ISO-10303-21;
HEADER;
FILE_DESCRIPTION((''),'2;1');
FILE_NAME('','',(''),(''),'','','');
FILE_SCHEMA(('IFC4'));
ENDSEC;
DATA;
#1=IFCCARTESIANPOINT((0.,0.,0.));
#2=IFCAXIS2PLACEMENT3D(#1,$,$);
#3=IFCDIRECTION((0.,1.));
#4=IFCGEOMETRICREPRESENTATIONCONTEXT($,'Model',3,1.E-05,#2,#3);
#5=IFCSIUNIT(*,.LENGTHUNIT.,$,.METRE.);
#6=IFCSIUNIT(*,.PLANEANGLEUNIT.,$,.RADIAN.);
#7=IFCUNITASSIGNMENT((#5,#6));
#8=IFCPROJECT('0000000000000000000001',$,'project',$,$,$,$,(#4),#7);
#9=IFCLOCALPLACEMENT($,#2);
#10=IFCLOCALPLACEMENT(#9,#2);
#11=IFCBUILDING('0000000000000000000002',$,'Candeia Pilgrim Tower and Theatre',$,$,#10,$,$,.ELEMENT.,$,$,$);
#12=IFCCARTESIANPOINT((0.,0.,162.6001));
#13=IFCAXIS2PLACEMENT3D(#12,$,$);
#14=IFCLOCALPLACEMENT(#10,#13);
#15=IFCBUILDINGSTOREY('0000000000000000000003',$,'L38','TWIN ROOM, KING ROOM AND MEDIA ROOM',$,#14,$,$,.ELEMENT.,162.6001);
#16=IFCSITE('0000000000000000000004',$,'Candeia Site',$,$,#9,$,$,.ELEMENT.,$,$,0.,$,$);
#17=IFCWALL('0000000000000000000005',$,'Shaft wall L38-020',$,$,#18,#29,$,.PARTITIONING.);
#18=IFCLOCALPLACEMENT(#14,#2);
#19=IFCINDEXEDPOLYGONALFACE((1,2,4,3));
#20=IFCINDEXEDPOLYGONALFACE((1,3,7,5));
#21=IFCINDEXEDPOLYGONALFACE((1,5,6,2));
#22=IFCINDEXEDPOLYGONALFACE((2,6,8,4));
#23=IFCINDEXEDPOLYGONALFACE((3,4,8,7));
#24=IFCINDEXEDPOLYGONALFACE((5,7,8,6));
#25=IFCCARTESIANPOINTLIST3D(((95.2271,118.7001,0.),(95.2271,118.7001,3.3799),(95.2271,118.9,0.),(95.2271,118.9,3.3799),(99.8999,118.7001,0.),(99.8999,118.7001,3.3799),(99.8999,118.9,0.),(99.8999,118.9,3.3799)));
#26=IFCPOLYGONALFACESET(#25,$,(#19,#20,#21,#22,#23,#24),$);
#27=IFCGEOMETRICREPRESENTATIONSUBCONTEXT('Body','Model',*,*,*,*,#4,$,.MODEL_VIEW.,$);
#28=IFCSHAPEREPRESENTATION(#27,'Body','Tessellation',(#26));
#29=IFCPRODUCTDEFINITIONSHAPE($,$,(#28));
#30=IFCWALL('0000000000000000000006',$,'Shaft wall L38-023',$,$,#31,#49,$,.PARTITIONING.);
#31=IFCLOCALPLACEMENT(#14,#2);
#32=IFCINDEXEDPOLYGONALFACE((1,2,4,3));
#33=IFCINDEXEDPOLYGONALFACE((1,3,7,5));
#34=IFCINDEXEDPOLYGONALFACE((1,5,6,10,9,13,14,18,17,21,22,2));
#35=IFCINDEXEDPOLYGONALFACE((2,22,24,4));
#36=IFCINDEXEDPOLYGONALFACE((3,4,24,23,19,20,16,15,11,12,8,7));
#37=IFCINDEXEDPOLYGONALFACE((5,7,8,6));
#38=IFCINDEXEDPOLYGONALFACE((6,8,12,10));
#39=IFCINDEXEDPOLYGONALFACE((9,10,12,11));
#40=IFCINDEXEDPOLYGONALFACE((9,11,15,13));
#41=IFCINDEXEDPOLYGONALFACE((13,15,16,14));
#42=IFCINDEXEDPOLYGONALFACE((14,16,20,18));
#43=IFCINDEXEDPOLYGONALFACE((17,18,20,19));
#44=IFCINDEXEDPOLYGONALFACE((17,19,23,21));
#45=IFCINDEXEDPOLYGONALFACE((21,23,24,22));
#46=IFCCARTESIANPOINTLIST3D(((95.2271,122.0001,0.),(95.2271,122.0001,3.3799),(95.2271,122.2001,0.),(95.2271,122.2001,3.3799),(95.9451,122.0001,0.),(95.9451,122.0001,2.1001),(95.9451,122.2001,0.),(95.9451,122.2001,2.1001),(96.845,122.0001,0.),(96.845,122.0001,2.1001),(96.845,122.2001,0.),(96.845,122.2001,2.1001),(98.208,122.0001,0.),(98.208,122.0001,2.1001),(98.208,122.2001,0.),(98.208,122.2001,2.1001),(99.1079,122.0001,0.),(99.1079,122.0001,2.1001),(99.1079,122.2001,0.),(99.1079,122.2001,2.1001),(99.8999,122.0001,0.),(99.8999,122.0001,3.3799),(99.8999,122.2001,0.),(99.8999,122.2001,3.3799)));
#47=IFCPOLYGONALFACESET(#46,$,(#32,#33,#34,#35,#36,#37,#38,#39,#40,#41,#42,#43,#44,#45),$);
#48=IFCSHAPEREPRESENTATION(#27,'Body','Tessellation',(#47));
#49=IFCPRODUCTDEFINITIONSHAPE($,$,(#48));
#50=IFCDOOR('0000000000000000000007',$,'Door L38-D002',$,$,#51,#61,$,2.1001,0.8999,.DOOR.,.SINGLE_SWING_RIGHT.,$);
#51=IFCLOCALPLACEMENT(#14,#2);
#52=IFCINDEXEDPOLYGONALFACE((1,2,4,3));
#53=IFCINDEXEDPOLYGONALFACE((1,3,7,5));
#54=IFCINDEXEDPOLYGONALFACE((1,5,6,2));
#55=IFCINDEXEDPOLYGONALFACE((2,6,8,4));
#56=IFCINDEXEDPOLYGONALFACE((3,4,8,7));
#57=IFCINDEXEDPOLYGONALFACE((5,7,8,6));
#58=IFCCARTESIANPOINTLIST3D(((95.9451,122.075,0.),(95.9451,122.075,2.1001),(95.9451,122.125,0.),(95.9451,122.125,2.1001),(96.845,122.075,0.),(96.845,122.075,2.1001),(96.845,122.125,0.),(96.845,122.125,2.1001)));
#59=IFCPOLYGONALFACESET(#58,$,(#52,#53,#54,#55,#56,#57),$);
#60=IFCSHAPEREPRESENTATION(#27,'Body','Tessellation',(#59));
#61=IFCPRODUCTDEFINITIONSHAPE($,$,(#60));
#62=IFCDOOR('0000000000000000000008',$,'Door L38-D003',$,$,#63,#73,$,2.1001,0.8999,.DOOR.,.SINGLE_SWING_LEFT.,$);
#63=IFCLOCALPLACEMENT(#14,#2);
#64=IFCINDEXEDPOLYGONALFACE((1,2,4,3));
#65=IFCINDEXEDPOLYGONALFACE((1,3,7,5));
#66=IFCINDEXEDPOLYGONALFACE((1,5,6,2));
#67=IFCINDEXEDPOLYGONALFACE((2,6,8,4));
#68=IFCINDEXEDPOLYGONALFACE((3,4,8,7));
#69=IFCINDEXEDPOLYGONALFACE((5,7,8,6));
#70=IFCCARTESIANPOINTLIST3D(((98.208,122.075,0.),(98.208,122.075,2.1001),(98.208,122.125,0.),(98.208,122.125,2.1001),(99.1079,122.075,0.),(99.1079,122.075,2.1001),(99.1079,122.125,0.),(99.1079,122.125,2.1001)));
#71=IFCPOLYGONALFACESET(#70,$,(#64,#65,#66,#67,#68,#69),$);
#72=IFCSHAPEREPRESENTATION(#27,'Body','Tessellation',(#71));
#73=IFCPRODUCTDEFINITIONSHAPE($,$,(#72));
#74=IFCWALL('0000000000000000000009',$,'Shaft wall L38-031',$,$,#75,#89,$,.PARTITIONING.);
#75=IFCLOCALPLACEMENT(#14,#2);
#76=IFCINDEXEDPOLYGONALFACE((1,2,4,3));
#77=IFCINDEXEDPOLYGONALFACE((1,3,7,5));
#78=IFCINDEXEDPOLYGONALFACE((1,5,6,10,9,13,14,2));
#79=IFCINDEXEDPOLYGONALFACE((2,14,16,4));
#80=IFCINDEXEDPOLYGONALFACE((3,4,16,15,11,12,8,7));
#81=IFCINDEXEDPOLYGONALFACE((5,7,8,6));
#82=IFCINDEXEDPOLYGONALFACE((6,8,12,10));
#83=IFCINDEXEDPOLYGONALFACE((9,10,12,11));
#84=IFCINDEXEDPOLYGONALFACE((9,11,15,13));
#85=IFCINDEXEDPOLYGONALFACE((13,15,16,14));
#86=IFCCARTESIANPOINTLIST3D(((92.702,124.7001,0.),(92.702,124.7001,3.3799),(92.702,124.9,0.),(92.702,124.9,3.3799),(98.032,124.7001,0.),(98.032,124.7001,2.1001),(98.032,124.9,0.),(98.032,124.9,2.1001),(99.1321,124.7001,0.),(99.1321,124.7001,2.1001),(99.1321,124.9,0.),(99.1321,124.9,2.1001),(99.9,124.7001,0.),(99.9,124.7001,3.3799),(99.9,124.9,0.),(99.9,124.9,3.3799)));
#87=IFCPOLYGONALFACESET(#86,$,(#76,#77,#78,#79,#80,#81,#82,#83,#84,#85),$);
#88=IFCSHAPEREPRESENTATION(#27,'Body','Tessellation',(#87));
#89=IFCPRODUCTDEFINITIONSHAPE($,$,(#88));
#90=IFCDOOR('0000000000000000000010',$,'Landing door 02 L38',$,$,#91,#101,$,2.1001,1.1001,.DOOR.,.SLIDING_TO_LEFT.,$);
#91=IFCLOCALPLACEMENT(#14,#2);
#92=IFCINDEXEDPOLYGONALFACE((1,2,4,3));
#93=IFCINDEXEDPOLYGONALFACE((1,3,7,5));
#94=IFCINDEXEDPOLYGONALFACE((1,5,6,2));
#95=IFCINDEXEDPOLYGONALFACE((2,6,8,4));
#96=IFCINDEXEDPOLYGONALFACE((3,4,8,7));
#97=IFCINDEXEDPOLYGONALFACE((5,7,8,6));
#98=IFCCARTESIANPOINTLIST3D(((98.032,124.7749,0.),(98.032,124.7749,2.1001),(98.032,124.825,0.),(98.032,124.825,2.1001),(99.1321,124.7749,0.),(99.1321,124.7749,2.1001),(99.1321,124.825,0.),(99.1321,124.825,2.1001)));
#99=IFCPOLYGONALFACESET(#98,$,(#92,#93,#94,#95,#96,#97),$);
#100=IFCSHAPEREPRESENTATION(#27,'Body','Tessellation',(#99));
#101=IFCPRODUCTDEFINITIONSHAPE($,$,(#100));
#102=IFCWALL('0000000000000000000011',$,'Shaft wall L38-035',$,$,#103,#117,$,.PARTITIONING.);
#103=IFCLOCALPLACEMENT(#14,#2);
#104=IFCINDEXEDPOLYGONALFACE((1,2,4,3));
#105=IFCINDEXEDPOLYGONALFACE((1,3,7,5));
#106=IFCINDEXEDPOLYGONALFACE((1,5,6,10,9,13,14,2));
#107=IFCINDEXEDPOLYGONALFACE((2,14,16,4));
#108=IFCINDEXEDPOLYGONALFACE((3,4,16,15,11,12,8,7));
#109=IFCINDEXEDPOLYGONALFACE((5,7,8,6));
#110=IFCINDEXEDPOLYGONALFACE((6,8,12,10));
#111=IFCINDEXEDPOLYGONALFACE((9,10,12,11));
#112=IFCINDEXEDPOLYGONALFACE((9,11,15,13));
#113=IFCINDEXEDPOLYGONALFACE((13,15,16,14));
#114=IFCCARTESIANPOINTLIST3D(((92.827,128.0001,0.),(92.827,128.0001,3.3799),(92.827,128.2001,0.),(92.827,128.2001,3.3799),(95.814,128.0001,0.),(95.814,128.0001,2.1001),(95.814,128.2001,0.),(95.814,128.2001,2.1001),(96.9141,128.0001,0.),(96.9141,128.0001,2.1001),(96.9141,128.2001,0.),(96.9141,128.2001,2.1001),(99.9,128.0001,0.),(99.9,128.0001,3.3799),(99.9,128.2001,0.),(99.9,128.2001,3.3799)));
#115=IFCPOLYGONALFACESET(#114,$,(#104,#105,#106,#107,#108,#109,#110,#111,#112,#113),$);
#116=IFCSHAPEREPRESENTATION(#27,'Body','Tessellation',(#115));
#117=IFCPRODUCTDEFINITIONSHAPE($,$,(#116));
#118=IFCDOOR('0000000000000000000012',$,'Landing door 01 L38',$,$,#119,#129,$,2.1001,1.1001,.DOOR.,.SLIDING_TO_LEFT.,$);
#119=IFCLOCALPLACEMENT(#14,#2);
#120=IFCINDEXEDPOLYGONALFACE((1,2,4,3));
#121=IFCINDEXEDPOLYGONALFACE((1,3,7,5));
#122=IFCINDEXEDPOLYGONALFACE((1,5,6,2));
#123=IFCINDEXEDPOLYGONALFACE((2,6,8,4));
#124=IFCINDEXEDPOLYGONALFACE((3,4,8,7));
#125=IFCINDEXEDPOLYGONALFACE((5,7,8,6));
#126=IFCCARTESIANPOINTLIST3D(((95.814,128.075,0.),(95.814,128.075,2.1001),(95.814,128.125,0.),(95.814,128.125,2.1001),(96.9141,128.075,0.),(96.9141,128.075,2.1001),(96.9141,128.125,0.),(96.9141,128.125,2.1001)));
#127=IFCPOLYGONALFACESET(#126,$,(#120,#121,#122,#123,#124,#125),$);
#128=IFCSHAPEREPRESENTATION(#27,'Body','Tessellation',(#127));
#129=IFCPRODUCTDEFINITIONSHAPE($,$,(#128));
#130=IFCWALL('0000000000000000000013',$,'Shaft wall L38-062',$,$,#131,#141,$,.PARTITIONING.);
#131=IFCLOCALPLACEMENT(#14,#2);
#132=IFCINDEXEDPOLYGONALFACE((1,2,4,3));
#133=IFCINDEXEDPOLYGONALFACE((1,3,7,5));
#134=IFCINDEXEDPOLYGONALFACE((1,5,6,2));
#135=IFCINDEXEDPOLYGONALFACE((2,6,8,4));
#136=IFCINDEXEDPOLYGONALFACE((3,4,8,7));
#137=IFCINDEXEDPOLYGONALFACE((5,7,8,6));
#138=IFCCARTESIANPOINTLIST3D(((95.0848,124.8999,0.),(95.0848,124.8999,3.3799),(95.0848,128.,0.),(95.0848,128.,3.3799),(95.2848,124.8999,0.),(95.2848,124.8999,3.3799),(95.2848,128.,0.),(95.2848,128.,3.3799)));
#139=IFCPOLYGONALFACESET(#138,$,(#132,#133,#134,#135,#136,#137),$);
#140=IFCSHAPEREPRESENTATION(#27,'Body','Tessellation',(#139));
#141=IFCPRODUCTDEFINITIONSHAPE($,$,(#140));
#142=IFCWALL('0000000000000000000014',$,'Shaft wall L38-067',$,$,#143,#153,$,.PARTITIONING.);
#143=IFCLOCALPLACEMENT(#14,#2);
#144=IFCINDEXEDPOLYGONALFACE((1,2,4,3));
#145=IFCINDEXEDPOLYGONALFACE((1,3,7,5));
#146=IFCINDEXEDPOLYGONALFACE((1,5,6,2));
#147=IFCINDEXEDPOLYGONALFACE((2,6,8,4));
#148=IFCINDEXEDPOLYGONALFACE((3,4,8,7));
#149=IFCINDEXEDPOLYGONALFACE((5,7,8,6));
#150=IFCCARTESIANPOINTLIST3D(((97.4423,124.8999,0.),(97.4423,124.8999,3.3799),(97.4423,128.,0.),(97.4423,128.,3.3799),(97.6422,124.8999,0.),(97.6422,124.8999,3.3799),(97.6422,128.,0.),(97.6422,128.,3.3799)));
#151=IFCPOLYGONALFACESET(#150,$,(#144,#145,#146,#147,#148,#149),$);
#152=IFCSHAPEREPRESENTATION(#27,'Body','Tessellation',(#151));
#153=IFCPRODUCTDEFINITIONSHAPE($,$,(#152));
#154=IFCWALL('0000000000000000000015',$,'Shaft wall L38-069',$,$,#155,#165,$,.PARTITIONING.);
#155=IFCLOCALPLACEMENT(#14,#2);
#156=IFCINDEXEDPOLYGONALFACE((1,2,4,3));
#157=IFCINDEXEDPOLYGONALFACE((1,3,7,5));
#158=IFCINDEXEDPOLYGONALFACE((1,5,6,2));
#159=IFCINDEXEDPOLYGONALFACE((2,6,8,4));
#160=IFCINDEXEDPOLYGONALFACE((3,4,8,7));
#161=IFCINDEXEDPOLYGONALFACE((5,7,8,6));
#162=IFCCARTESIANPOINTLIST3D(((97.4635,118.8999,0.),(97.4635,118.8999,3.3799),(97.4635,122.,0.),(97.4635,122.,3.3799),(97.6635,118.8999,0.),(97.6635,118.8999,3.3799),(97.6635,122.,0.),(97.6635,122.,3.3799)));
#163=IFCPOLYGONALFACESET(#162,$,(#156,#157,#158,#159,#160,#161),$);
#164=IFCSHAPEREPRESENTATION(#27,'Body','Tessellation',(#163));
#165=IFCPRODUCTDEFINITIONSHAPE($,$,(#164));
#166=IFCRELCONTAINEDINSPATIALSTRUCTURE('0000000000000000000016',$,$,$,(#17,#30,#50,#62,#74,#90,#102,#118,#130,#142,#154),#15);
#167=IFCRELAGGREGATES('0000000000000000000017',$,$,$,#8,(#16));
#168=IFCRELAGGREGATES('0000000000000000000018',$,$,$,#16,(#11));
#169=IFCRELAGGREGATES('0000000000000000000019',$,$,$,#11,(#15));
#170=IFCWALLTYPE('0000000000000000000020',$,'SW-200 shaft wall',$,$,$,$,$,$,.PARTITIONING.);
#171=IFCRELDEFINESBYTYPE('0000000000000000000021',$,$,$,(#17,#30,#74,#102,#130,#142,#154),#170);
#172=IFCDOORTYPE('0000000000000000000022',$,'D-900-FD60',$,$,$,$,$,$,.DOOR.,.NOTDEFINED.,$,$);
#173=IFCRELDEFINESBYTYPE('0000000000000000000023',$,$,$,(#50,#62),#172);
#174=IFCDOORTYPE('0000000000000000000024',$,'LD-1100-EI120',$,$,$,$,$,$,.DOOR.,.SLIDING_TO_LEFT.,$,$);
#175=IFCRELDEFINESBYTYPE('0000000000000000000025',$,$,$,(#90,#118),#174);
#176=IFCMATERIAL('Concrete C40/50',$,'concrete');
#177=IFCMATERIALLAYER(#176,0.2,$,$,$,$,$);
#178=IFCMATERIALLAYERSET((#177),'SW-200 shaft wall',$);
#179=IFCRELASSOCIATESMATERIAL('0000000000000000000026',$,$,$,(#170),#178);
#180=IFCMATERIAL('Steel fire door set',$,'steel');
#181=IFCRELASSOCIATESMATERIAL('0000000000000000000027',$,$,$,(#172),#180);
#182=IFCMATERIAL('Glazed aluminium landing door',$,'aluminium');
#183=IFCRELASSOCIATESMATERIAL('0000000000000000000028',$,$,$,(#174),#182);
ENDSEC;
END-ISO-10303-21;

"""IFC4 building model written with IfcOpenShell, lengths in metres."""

from ifc_helpers import new_model, si_unit, direction, frame, frame_2d, origin, place, context, subcontext, project, spatial, rectangle, extrude, material, layer, layer_set, type_object, element, fill, save


model = new_model("IFC4")

# Units and contexts
model_context = context("Model", 3, precision=1e-05, world=origin(), true_north=direction((0.0, 1.0)))
body_context = subcontext(model_context, "Body", "Model", "MODEL_VIEW")
ifc_project = project(units=[si_unit("LENGTHUNIT", "METRE"), si_unit("PLANEANGLEUNIT", "RADIAN")], contexts=[model_context])

# Site, building, storey
site_placement = place(None, origin())
site = spatial("IfcSite", under=ifc_project, at=site_placement, Name="Candeia Site", CompositionType="ELEMENT", RefElevation=0.0)
building_placement = place(site_placement, origin())
building = spatial("IfcBuilding", under=site, at=building_placement, Name="Candeia Pilgrim Tower and Theatre", CompositionType="ELEMENT")
storey_placement = place(building_placement, frame((0.0, 0.0, 162.6001)))
storey = spatial("IfcBuildingStorey", under=building, at=storey_placement, Name="L38", Description="TWIN ROOM, KING ROOM AND MEDIA ROOM", CompositionType="ELEMENT", Elevation=162.6001)

# Shared definitions
ifc_material_1 = material(Name="Steel fire door set", Category="steel")

# Wall
ifc_material_2 = material(Name="Concrete C40/50", Category="concrete")
ifc_layer_1 = layer(ifc_material_2, 0.2)
ifc_layer_set_1 = layer_set([ifc_layer_1], Name="SW-200 shaft wall")
wall_type_1 = type_object("IfcWallType", Name="SW-200 shaft wall", PredefinedType="PARTITIONING", material=ifc_layer_set_1)
wall_1_placement = place(storey_placement, frame((95.2271, 118.8, 0.0), z_axis=(0.0, 0.0, 1.0), x_axis=(1.0, 0.0, 0.0)))
element("IfcWall", 1, at=wall_1_placement, inside=storey, type_object=wall_type_1, Name="Shaft wall L38-020", PredefinedType="PARTITIONING", context=body_context, shape_type="SweptSolid", body=[
    extrude(rectangle(XDim=4.6729, YDim=0.2, at=frame_2d((2.3364, 0.0))), origin(), (0.0, 0.0, 1.0), 3.3799),
])

# Wall, openings, doors
wall_2_placement = place(storey_placement, frame((95.2271, 122.1001, 0.0), z_axis=(0.0, 0.0, 1.0), x_axis=(1.0, 0.0, 0.0)))
wall_2 = element("IfcWall", 2, at=wall_2_placement, inside=storey, type_object=wall_type_1, Name="Shaft wall L38-023", PredefinedType="PARTITIONING", context=body_context, shape_type="SweptSolid", body=[
    extrude(rectangle(XDim=4.6729, YDim=0.2, at=frame_2d((2.3364, 0.0))), origin(), (0.0, 0.0, 1.0), 3.3799),
])
opening_1_placement = place(wall_2_placement, frame((0.718, 0.0, 0.0)))
opening_1 = element("IfcOpeningElement", 3, at=opening_1_placement, cuts=wall_2, PredefinedType="OPENING", context=body_context, shape_type="SweptSolid", body=[
    extrude(rectangle(XDim=0.8999, YDim=2.1001, at=frame_2d((0.45, 1.05))), frame((0.0, 0.1099, 0.0), z_axis=(0.0, -1.0, 0.0), x_axis=(1.0, 0.0, 0.0)), (0.0, 0.0, 1.0), 0.22),
])
opening_2_placement = place(wall_2_placement, frame((2.981, 0.0, 0.0)))
opening_2 = element("IfcOpeningElement", 4, at=opening_2_placement, cuts=wall_2, PredefinedType="OPENING", context=body_context, shape_type="SweptSolid", body=[
    extrude(rectangle(XDim=0.8999, YDim=2.1001, at=frame_2d((0.45, 1.05))), frame((0.0, 0.1099, 0.0), z_axis=(0.0, -1.0, 0.0), x_axis=(1.0, 0.0, 0.0)), (0.0, 0.0, 1.0), 0.22),
])
door_type_1 = type_object("IfcDoorType", Name="D-900-FD60", OperationType="NOTDEFINED", PredefinedType="DOOR", material=ifc_material_1)
door_1_placement = place(opening_1_placement, origin())
door_1 = element("IfcDoor", 5, at=door_1_placement, inside=storey, type_object=door_type_1, Name="Door L38-D002", OperationType="SINGLE_SWING_RIGHT", OverallHeight=2.1001, OverallWidth=0.8999, PredefinedType="DOOR", context=body_context, shape_type="SweptSolid", body=[
    extrude(rectangle(XDim=0.8999, YDim=2.1001, at=frame_2d((0.45, 1.05))), frame((0.0, 0.0249, 0.0), z_axis=(0.0, -1.0, 0.0), x_axis=(1.0, 0.0, 0.0)), (0.0, 0.0, 1.0), 0.05),
])
fill(opening_1, door_1)
door_2_placement = place(opening_2_placement, origin())
door_2 = element("IfcDoor", 6, at=door_2_placement, inside=storey, type_object=door_type_1, Name="Door L38-D003", OperationType="SINGLE_SWING_LEFT", OverallHeight=2.1001, OverallWidth=0.8999, PredefinedType="DOOR", context=body_context, shape_type="SweptSolid", body=[
    extrude(rectangle(XDim=0.8999, YDim=2.1001, at=frame_2d((0.45, 1.05))), frame((0.0, 0.0249, 0.0), z_axis=(0.0, -1.0, 0.0), x_axis=(1.0, 0.0, 0.0)), (0.0, 0.0, 1.0), 0.05),
])
fill(opening_2, door_2)

# Walls, openings, doors
wall_3_placement = place(storey_placement, frame((92.7019, 124.8, 0.0), z_axis=(0.0, 0.0, 1.0), x_axis=(1.0, 0.0, 0.0)))
wall_3 = element("IfcWall", 7, at=wall_3_placement, inside=storey, type_object=wall_type_1, Name="Shaft wall L38-031", PredefinedType="PARTITIONING", context=body_context, shape_type="SweptSolid", body=[
    extrude(rectangle(XDim=7.198, YDim=0.2, at=frame_2d((3.5991, 0.0))), origin(), (0.0, 0.0, 1.0), 3.3799),
])
opening_3_placement = place(wall_3_placement, frame((5.3301, 0.0, 0.0)))
opening_3 = element("IfcOpeningElement", 8, at=opening_3_placement, cuts=wall_3, PredefinedType="OPENING", context=body_context, shape_type="SweptSolid", body=[
    extrude(rectangle(XDim=1.1001, YDim=2.1001, at=frame_2d((0.55, 1.05))), frame((0.0, 0.1099, 0.0), z_axis=(0.0, -1.0, 0.0), x_axis=(1.0, 0.0, 0.0)), (0.0, 0.0, 1.0), 0.22),
])
ifc_material_3 = material(Name="Glazed aluminium landing door", Category="aluminium")
door_type_2 = type_object("IfcDoorType", Name="LD-1100-EI120", OperationType="SLIDING_TO_LEFT", PredefinedType="DOOR", material=ifc_material_3)
door_3_placement = place(opening_3_placement, origin())
door_3 = element("IfcDoor", 9, at=door_3_placement, inside=storey, type_object=door_type_2, Name="Landing door 02 L38", OperationType="SLIDING_TO_LEFT", OverallHeight=2.1001, OverallWidth=1.1001, PredefinedType="DOOR", context=body_context, shape_type="SweptSolid", body=[
    extrude(rectangle(XDim=1.1001, YDim=2.1001, at=frame_2d((0.55, 1.05))), frame((0.0, 0.0249, 0.0), z_axis=(0.0, -1.0, 0.0), x_axis=(1.0, 0.0, 0.0)), (0.0, 0.0, 1.0), 0.05),
])
fill(opening_3, door_3)
wall_4_placement = place(storey_placement, frame((92.8269, 128.1001, 0.0), z_axis=(0.0, 0.0, 1.0), x_axis=(1.0, 0.0, 0.0)))
wall_4 = element("IfcWall", 10, at=wall_4_placement, inside=storey, type_object=wall_type_1, Name="Shaft wall L38-035", PredefinedType="PARTITIONING", context=body_context, shape_type="SweptSolid", body=[
    extrude(rectangle(XDim=7.073, YDim=0.2, at=frame_2d((3.5366, 0.0))), origin(), (0.0, 0.0, 1.0), 3.3799),
])
opening_4_placement = place(wall_4_placement, frame((2.9871, 0.0, 0.0)))
opening_4 = element("IfcOpeningElement", 11, at=opening_4_placement, cuts=wall_4, PredefinedType="OPENING", context=body_context, shape_type="SweptSolid", body=[
    extrude(rectangle(XDim=1.1001, YDim=2.1001, at=frame_2d((0.55, 1.05))), frame((0.0, 0.1099, 0.0), z_axis=(0.0, -1.0, 0.0), x_axis=(1.0, 0.0, 0.0)), (0.0, 0.0, 1.0), 0.22),
])
door_4_placement = place(opening_4_placement, origin())
door_4 = element("IfcDoor", 12, at=door_4_placement, inside=storey, type_object=door_type_2, Name="Landing door 01 L38", OperationType="SLIDING_TO_LEFT", OverallHeight=2.1001, OverallWidth=1.1001, PredefinedType="DOOR", context=body_context, shape_type="SweptSolid", body=[
    extrude(rectangle(XDim=1.1001, YDim=2.1001, at=frame_2d((0.55, 1.05))), frame((0.0, 0.0249, 0.0), z_axis=(0.0, -1.0, 0.0), x_axis=(1.0, 0.0, 0.0)), (0.0, 0.0, 1.0), 0.05),
])
fill(opening_4, door_4)

# Walls
for number, where, z_axis, x_axis, name in (
    (13, (95.1848, 124.8999, 0.0), (0.0, 0.0, 1.0), (0.0, 1.0, 0.0), "Shaft wall L38-062"),
    (14, (97.5422, 124.8999, 0.0), (0.0, 0.0, 1.0), (0.0, 1.0, 0.0), "Shaft wall L38-067"),
    (15, (97.5635, 118.8999, 0.0), (0.0, 0.0, 1.0), (0.0, 1.0, 0.0), "Shaft wall L38-069"),
):
    element("IfcWall", number, at=place(storey_placement, frame(where, z_axis=z_axis, x_axis=x_axis)), inside=storey, type_object=wall_type_1, Name=name, PredefinedType="PARTITIONING", context=body_context, shape_type="SweptSolid", body=[
        extrude(rectangle(XDim=3.1001, YDim=0.2, at=frame_2d((1.55, 0.0))), origin(), (0.0, 0.0, 1.0), 3.3799),
    ])

save(model, "model.ifc")
